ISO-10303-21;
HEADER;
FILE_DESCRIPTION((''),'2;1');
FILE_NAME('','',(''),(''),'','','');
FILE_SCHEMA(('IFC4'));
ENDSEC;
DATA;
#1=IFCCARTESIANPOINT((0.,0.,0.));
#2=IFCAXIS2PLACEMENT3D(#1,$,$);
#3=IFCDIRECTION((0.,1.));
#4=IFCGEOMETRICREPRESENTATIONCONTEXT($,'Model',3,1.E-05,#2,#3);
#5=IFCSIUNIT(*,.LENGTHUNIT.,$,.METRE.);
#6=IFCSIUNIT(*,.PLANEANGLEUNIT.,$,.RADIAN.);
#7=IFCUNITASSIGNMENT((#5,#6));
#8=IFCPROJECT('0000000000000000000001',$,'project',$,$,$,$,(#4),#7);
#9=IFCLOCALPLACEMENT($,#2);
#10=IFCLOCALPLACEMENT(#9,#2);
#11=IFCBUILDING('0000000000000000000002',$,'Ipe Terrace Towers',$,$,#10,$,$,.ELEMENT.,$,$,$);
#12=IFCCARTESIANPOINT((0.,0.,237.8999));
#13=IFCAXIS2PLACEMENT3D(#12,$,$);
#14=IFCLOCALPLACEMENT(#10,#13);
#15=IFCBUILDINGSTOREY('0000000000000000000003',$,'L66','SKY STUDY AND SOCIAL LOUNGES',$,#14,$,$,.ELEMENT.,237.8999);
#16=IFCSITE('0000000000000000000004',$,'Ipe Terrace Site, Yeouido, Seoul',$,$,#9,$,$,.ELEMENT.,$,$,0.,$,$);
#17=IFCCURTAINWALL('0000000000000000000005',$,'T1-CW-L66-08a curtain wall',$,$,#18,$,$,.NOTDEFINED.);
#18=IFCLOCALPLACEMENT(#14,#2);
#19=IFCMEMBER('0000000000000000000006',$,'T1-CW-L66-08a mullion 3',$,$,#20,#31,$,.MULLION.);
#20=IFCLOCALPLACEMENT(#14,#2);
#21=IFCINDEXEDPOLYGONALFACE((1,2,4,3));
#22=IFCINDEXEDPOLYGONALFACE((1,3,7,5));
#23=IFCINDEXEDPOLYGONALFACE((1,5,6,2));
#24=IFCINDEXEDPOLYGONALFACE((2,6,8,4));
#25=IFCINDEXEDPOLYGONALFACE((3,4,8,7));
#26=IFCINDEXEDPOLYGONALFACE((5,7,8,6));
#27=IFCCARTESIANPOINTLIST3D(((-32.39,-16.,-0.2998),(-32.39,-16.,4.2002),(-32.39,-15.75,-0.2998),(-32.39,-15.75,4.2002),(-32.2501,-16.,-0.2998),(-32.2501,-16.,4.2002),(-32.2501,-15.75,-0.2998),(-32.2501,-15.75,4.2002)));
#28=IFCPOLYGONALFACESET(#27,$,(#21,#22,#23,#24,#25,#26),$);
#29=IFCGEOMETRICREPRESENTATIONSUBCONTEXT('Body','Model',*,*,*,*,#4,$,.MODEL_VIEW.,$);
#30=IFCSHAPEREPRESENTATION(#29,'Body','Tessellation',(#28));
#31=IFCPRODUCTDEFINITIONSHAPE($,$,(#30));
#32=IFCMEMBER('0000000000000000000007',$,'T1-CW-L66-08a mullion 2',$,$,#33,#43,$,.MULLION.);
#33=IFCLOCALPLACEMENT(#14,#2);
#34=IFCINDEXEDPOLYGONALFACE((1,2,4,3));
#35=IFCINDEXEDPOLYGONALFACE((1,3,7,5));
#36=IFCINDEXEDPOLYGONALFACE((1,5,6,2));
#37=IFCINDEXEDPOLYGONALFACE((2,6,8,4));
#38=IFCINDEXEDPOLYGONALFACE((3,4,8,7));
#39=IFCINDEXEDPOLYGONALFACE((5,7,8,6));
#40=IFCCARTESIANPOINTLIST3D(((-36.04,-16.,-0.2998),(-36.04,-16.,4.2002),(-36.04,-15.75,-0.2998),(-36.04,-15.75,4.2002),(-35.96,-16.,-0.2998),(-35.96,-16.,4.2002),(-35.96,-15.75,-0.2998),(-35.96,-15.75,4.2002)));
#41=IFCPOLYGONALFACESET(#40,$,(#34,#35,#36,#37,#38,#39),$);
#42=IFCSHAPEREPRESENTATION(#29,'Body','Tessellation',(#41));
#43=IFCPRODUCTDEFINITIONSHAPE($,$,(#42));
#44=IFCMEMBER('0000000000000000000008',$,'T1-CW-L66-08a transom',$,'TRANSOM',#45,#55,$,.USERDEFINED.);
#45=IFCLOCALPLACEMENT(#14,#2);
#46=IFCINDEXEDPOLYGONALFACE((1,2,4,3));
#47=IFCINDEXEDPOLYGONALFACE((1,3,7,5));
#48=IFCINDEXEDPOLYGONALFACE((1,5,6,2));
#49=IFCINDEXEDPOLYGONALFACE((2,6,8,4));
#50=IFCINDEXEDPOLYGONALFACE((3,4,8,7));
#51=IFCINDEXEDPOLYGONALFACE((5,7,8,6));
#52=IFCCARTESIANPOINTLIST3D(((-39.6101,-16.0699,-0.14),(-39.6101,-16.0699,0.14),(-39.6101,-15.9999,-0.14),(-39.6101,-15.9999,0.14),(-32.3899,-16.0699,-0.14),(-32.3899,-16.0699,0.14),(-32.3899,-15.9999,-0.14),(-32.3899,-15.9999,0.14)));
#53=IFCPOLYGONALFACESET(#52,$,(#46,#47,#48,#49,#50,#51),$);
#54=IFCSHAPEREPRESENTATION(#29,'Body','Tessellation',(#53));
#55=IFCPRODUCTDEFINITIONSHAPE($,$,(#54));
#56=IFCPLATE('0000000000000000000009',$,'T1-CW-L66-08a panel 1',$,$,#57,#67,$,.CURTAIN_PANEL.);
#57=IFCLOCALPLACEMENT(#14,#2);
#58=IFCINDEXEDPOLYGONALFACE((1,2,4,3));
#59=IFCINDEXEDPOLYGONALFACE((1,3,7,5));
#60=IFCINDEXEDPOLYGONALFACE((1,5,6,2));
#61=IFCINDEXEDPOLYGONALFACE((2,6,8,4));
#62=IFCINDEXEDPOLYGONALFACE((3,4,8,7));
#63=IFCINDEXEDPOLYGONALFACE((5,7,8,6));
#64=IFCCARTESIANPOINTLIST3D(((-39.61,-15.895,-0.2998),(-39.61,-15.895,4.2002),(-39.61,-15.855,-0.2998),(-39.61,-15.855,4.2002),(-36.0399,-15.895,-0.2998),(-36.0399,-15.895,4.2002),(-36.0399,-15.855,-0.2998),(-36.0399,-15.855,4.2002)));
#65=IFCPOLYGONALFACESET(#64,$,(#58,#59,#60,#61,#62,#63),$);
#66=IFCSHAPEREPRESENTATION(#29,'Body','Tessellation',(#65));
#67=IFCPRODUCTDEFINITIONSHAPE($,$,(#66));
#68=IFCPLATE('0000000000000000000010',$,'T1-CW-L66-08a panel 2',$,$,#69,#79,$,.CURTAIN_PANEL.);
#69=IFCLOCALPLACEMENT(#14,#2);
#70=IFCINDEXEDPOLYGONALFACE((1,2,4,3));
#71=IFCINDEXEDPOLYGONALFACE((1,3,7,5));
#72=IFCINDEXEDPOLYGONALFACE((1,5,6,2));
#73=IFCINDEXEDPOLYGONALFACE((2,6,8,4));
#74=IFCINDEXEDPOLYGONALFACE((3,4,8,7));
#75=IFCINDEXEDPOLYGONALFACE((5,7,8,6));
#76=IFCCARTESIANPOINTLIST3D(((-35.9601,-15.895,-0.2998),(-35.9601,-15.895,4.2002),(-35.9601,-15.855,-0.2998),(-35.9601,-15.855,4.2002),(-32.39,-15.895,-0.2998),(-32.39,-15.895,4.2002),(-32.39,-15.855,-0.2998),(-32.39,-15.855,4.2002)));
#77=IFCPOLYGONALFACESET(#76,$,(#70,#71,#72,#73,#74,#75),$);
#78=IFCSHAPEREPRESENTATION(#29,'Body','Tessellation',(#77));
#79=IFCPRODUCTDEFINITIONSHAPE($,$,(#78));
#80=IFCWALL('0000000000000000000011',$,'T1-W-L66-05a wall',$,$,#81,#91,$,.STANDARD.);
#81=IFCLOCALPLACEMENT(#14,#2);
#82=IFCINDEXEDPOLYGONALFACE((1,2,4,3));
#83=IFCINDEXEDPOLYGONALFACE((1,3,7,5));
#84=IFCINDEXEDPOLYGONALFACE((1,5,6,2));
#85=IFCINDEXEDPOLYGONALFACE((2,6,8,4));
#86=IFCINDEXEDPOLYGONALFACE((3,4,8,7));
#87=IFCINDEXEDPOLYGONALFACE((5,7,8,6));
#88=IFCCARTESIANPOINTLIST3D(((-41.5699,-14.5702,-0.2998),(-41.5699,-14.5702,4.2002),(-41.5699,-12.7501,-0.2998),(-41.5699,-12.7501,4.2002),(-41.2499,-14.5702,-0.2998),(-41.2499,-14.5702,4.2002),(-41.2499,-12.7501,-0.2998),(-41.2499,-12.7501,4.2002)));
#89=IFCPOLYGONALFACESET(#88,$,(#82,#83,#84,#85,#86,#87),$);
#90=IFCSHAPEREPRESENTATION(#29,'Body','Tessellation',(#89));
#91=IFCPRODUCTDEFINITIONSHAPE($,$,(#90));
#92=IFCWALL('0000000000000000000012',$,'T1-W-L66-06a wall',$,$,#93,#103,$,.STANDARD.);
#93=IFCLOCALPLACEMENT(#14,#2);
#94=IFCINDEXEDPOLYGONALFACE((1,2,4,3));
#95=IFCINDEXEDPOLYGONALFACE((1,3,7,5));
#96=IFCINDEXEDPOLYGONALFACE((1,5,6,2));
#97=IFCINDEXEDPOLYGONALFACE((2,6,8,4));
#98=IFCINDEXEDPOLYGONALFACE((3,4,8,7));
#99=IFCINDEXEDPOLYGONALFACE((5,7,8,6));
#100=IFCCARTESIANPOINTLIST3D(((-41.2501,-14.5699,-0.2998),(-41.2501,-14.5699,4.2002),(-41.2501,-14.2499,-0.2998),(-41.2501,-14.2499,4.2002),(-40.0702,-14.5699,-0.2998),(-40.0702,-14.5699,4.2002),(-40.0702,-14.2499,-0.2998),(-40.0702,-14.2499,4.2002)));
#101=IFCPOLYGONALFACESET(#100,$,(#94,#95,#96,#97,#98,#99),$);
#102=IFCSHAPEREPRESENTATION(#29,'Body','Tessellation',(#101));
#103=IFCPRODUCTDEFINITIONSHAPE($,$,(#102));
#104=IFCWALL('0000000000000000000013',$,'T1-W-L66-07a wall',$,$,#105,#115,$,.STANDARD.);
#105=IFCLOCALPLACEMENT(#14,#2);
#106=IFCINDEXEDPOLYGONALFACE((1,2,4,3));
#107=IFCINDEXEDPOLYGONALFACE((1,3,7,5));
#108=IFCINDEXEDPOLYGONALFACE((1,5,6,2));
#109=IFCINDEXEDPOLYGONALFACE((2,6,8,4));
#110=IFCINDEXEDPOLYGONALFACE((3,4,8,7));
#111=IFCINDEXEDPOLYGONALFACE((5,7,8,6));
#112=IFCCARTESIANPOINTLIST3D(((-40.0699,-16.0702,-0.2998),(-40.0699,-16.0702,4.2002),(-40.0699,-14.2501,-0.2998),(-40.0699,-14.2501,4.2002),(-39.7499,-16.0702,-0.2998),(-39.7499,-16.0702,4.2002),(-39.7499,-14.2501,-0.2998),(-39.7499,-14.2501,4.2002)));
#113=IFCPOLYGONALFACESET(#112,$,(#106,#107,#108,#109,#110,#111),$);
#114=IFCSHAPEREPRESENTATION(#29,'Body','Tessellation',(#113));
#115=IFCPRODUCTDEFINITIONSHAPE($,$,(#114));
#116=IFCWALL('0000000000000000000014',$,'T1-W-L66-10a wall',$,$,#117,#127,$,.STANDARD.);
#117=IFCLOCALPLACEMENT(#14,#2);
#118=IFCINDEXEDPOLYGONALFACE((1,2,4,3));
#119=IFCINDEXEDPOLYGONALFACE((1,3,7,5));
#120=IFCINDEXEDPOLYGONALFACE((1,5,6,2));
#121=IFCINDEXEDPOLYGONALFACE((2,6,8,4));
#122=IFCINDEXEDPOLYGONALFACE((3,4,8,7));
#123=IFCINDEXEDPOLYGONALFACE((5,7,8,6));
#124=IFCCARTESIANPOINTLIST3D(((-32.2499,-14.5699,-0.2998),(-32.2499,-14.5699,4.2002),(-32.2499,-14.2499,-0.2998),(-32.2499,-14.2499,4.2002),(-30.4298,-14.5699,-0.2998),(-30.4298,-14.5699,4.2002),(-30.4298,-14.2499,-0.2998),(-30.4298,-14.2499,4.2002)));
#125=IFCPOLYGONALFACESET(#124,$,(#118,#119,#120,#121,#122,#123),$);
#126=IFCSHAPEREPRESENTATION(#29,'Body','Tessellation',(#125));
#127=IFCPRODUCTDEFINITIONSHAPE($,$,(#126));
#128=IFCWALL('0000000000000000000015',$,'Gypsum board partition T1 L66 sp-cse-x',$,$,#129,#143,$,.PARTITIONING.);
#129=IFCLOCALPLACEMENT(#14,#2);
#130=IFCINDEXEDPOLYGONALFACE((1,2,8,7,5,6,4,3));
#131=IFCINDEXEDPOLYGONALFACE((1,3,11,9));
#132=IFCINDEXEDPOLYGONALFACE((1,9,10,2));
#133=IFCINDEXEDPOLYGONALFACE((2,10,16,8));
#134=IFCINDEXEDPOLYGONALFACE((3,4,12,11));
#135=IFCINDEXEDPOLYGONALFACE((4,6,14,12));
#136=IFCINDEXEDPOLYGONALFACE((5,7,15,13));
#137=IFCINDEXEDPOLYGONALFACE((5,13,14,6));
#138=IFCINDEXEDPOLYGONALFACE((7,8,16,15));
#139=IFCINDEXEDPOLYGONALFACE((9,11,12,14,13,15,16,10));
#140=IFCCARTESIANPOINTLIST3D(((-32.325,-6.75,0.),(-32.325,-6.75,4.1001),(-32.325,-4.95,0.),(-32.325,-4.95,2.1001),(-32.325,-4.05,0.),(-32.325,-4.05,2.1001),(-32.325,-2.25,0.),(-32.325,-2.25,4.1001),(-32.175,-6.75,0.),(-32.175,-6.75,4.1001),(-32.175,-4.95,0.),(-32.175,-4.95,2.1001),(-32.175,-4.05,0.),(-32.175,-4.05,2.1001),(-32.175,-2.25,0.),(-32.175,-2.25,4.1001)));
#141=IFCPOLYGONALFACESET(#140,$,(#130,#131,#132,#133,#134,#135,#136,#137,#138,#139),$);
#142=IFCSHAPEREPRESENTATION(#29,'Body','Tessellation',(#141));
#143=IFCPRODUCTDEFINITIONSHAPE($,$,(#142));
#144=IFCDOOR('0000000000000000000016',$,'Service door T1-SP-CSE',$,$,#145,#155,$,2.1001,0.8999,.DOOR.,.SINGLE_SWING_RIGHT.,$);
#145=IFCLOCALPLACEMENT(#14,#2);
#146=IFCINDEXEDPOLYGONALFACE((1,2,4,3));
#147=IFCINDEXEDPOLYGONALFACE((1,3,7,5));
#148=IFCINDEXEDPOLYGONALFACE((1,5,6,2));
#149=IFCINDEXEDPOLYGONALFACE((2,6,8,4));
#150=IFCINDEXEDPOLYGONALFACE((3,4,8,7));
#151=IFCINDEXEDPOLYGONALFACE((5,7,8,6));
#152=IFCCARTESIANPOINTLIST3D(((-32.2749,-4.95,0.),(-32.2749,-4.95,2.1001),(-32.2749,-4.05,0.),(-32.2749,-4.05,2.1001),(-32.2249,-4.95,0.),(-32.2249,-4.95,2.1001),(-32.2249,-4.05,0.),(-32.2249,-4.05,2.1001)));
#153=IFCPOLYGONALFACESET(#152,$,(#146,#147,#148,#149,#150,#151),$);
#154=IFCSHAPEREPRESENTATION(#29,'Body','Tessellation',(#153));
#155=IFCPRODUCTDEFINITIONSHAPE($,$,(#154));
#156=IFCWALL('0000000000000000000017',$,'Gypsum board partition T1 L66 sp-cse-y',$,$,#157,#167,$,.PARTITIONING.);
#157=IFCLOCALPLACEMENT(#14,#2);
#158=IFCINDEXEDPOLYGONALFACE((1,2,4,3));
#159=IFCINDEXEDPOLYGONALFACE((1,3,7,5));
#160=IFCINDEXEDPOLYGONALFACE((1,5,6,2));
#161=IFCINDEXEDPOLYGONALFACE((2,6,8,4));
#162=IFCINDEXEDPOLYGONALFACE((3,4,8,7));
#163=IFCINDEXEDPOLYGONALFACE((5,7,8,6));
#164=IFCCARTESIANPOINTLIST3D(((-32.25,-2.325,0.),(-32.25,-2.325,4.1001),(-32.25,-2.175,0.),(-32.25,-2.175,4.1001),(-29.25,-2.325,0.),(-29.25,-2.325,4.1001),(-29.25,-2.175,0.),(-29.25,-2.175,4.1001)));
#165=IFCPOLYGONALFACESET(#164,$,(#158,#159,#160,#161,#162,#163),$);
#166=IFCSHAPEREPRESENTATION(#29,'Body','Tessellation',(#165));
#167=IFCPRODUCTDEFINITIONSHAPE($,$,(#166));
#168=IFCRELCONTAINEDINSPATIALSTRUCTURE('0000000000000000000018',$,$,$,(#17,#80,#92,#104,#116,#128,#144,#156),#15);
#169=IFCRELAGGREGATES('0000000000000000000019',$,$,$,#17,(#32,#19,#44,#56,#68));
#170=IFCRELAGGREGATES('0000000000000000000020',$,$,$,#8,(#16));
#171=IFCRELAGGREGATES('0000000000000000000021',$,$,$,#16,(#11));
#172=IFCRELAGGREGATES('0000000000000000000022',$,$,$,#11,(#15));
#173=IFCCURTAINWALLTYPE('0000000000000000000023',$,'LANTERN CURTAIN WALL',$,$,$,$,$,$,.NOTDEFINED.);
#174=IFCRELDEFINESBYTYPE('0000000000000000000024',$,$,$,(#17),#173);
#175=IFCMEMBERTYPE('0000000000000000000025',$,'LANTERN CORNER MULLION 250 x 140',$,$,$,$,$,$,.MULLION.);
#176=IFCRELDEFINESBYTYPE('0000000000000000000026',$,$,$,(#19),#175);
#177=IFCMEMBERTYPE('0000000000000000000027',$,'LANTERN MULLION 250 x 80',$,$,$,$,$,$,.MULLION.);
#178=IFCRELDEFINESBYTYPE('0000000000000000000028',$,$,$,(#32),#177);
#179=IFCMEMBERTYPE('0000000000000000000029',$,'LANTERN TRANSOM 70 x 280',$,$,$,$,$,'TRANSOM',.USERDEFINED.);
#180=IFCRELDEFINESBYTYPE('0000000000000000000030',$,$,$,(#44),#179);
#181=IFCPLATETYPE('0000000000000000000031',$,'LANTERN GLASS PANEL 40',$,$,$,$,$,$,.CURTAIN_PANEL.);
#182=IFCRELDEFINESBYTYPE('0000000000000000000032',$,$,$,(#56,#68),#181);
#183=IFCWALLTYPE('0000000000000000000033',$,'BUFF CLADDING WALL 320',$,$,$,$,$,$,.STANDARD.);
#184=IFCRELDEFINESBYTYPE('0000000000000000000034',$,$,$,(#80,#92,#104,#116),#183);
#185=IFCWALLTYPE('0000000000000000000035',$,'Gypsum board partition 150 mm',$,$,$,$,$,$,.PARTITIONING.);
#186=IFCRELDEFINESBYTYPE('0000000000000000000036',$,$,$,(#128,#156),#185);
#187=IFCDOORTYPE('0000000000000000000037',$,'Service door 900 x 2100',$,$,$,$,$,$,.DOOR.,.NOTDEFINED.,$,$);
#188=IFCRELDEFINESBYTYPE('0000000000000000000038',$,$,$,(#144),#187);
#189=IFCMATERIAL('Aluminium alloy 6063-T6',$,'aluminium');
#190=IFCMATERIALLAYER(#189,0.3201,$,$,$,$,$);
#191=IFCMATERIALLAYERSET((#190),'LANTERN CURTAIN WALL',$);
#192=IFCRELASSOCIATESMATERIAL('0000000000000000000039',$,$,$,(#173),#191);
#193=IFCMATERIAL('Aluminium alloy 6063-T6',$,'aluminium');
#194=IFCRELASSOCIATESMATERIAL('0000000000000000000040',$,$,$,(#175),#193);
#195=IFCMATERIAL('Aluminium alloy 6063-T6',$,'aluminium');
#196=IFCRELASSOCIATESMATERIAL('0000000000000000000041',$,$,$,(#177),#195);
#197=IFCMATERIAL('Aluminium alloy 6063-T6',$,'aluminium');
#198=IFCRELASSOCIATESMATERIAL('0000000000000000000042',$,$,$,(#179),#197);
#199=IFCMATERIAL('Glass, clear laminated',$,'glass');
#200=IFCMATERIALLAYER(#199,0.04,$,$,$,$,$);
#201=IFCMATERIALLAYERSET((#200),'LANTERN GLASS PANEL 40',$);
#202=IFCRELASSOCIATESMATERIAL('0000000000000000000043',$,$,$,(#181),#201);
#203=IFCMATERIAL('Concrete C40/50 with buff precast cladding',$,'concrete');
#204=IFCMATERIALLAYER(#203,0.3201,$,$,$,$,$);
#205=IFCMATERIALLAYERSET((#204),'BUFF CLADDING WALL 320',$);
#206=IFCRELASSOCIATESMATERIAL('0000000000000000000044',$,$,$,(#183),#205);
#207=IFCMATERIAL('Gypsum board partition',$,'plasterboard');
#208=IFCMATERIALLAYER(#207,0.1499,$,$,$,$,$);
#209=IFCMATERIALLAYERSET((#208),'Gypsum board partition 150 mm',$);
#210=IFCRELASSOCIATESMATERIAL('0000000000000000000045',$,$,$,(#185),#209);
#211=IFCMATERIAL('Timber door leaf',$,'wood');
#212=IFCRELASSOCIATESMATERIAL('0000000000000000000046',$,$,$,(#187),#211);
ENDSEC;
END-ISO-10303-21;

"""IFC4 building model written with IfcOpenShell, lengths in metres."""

from ifc_helpers import new_model, si_unit, direction, frame, frame_2d, origin, origin_2d, place, context, subcontext, project, spatial, rectangle, extrude, material, layer, layer_set, material_profile, profile_set, type_object, element, fill, aggregate, save


model = new_model("IFC4")

# Units and contexts
model_context = context("Model", 3, precision=1e-05, world=origin(), true_north=direction((0.0, 1.0)))
body_context = subcontext(model_context, "Body", "Model", "MODEL_VIEW")
ifc_project = project(units=[si_unit("LENGTHUNIT", "METRE"), si_unit("PLANEANGLEUNIT", "RADIAN")], contexts=[model_context])

# Site, building, storey
site_placement = place(None, origin())
site = spatial("IfcSite", under=ifc_project, at=site_placement, Name="Ipe Terrace Site, Yeouido, Seoul", CompositionType="ELEMENT", RefElevation=0.0)
building_placement = place(site_placement, origin())
building = spatial("IfcBuilding", under=site, at=building_placement, Name="Ipe Terrace Towers", CompositionType="ELEMENT")
storey_placement = place(building_placement, frame((0.0, 0.0, 237.8999)))
storey = spatial("IfcBuildingStorey", under=building, at=storey_placement, Name="L66", Description="SKY STUDY AND SOCIAL LOUNGES", CompositionType="ELEMENT", Elevation=237.8999)

# Curtain wall, members, plates
ifc_material_1 = material(Name="Aluminium alloy 6063-T6", Category="aluminium")
ifc_layer_1 = layer(ifc_material_1, 0.3201)
ifc_layer_set_1 = layer_set([ifc_layer_1], Name="LANTERN CURTAIN WALL")
curtain_wall_type = type_object("IfcCurtainWallType", Name="LANTERN CURTAIN WALL", PredefinedType="NOTDEFINED", material=ifc_layer_set_1)
curtain_wall_placement = place(storey_placement, origin())
curtain_wall = element("IfcCurtainWall", 1, at=curtain_wall_placement, inside=storey, type_object=curtain_wall_type, Name="T1-CW-L66-08a curtain wall", PredefinedType="NOTDEFINED")
ifc_material_2 = material(Name="Aluminium alloy 6063-T6", Category="aluminium")
ifc_material_profile_1 = material_profile(ifc_material_2, rectangle(XDim=0.25, YDim=0.1399, at=origin_2d()), Name="LANTERN CORNER MULLION 250 x 140")
ifc_profile_set_1 = profile_set([ifc_material_profile_1], Name="Aluminium alloy 6063-T6")
member_type_1 = type_object("IfcMemberType", Name="LANTERN CORNER MULLION 250 x 140", PredefinedType="MULLION", material=ifc_profile_set_1)
member_1_placement = place(storey_placement, frame((-32.3201, -15.875, -0.2998), z_axis=(0.0, 0.0, 1.0), x_axis=(0.0, -1.0, 0.0)))
member_1 = element("IfcMember", 2, at=member_1_placement, type_object=member_type_1, Name="T1-CW-L66-08a mullion 3", PredefinedType="MULLION", context=body_context, shape_type="SweptSolid", body=[
    extrude(rectangle(XDim=0.25, YDim=0.1399, at=origin_2d()), origin(), (0.0, 0.0, 1.0), 4.5),
])
ifc_material_3 = material(Name="Aluminium alloy 6063-T6", Category="aluminium")
ifc_material_profile_2 = material_profile(ifc_material_3, rectangle(XDim=0.25, YDim=0.0801, at=origin_2d()), Name="LANTERN MULLION 250 x 80")
ifc_profile_set_2 = profile_set([ifc_material_profile_2], Name="Aluminium alloy 6063-T6")
member_type_2 = type_object("IfcMemberType", Name="LANTERN MULLION 250 x 80", PredefinedType="MULLION", material=ifc_profile_set_2)
member_2_placement = place(storey_placement, frame((-36.0, -15.875, -0.2998), z_axis=(0.0, 0.0, 1.0), x_axis=(0.0, -1.0, 0.0)))
member_2 = element("IfcMember", 3, at=member_2_placement, type_object=member_type_2, Name="T1-CW-L66-08a mullion 2", PredefinedType="MULLION", context=body_context, shape_type="SweptSolid", body=[
    extrude(rectangle(XDim=0.25, YDim=0.0801, at=origin_2d()), origin(), (0.0, 0.0, 1.0), 4.5),
])
ifc_material_4 = material(Name="Aluminium alloy 6063-T6", Category="aluminium")
ifc_material_profile_3 = material_profile(ifc_material_4, rectangle(XDim=0.0701, YDim=0.28, at=origin_2d()), Name="LANTERN TRANSOM 70 x 280")
ifc_profile_set_3 = profile_set([ifc_material_profile_3], Name="Aluminium alloy 6063-T6")
member_type_3 = type_object("IfcMemberType", Name="LANTERN TRANSOM 70 x 280", ElementType="TRANSOM", PredefinedType="USERDEFINED", material=ifc_profile_set_3)
member_3_placement = place(storey_placement, frame((-39.6101, -16.0349, 0.0), z_axis=(1.0, 0.0, 0.0), x_axis=(0.0, -1.0, 0.0)))
member_3 = element("IfcMember", 4, at=member_3_placement, type_object=member_type_3, Name="T1-CW-L66-08a transom", ObjectType="TRANSOM", PredefinedType="USERDEFINED", context=body_context, shape_type="SweptSolid", body=[
    extrude(rectangle(XDim=0.0701, YDim=0.28, at=origin_2d()), origin(), (0.0, 0.0, 1.0), 7.2202),
])
ifc_material_5 = material(Name="Glass, clear laminated", Category="glass")
ifc_layer_2 = layer(ifc_material_5, 0.04)
ifc_layer_set_2 = layer_set([ifc_layer_2], Name="LANTERN GLASS PANEL 40")
plate_type = type_object("IfcPlateType", Name="LANTERN GLASS PANEL 40", PredefinedType="CURTAIN_PANEL", material=ifc_layer_set_2)
plate_1_placement = place(storey_placement, frame((-37.825, -15.875, -0.2998), z_axis=(0.0, 0.0, 1.0), x_axis=(1.0, 0.0, 0.0)))
plate_1 = element("IfcPlate", 5, at=plate_1_placement, type_object=plate_type, Name="T1-CW-L66-08a panel 1", PredefinedType="CURTAIN_PANEL", context=body_context, shape_type="SweptSolid", body=[
    extrude(rectangle(XDim=3.5701, YDim=0.04, at=origin_2d()), origin(), (0.0, 0.0, 1.0), 4.5),
])
plate_2_placement = place(storey_placement, frame((-34.175, -15.875, -0.2998), z_axis=(0.0, 0.0, 1.0), x_axis=(1.0, 0.0, 0.0)))
plate_2 = element("IfcPlate", 6, at=plate_2_placement, type_object=plate_type, Name="T1-CW-L66-08a panel 2", PredefinedType="CURTAIN_PANEL", context=body_context, shape_type="SweptSolid", body=[
    extrude(rectangle(XDim=3.5701, YDim=0.04, at=origin_2d()), origin(), (0.0, 0.0, 1.0), 4.5),
])
aggregate(curtain_wall, [member_2, member_1, member_3, plate_1, plate_2])

# Walls
ifc_material_6 = material(Name="Concrete C40/50 with buff precast cladding", Category="concrete")
ifc_layer_3 = layer(ifc_material_6, 0.3201)
ifc_layer_set_3 = layer_set([ifc_layer_3], Name="BUFF CLADDING WALL 320")
wall_type_1 = type_object("IfcWallType", Name="BUFF CLADDING WALL 320", PredefinedType="STANDARD", material=ifc_layer_set_3)
wall_1_placement = place(storey_placement, frame((-41.4099, -12.75, -0.2998), z_axis=(0.0, 0.0, 1.0), x_axis=(0.0, -1.0, 0.0)))
element("IfcWall", 7, at=wall_1_placement, inside=storey, type_object=wall_type_1, Name="T1-W-L66-05a wall", PredefinedType="STANDARD", context=body_context, shape_type="SweptSolid", body=[
    extrude(rectangle(XDim=1.8201, YDim=0.3201, at=frame_2d((0.9102, 0.0))), origin(), (0.0, 0.0, 1.0), 4.5),
])
wall_2_placement = place(storey_placement, frame((-41.25, -14.4099, -0.2998), z_axis=(0.0, 0.0, 1.0), x_axis=(1.0, 0.0, 0.0)))
element("IfcWall", 8, at=wall_2_placement, inside=storey, type_object=wall_type_1, Name="T1-W-L66-06a wall", PredefinedType="STANDARD", context=body_context, shape_type="SweptSolid", body=[
    extrude(rectangle(XDim=1.1799, YDim=0.3201, at=frame_2d((0.5898, 0.0))), origin(), (0.0, 0.0, 1.0), 4.5),
])
for number, where, z_axis, x_axis, name in (
    (9, (-39.9099, -14.25, -0.2998), (0.0, 0.0, 1.0), (0.0, -1.0, 0.0), "T1-W-L66-07a wall"),
    (10, (-32.25, -14.4099, -0.2998), (0.0, 0.0, 1.0), (1.0, 0.0, 0.0), "T1-W-L66-10a wall"),
):
    element("IfcWall", number, at=place(storey_placement, frame(where, z_axis=z_axis, x_axis=x_axis)), inside=storey, type_object=wall_type_1, Name=name, PredefinedType="STANDARD", context=body_context, shape_type="SweptSolid", body=[
        extrude(rectangle(XDim=1.8201, YDim=0.3201, at=frame_2d((0.9102, 0.0))), origin(), (0.0, 0.0, 1.0), 4.5),
    ])

# Wall, opening, door
ifc_material_7 = material(Name="Gypsum board partition", Category="plasterboard")
ifc_layer_4 = layer(ifc_material_7, 0.1499)
ifc_layer_set_4 = layer_set([ifc_layer_4], Name="Gypsum board partition 150 mm")
wall_type_2 = type_object("IfcWallType", Name="Gypsum board partition 150 mm", PredefinedType="PARTITIONING", material=ifc_layer_set_4)
wall_3_placement = place(storey_placement, frame((-32.25, -6.75, 0.0), z_axis=(0.0, 0.0, 1.0), x_axis=(0.0, 1.0, 0.0)))
wall_3 = element("IfcWall", 11, at=wall_3_placement, inside=storey, type_object=wall_type_2, Name="Gypsum board partition T1 L66 sp-cse-x", PredefinedType="PARTITIONING", context=body_context, shape_type="SweptSolid", body=[
    extrude(rectangle(XDim=4.5, YDim=0.1499, at=frame_2d((2.25, 0.0))), origin(), (0.0, 0.0, 1.0), 4.1001),
])
opening_1_placement = place(wall_3_placement, frame((1.8, 0.0, 0.0)))
opening_1 = element("IfcOpeningElement", 12, at=opening_1_placement, cuts=wall_3, PredefinedType="OPENING", context=body_context, shape_type="SweptSolid", body=[
    extrude(rectangle(XDim=0.8999, YDim=2.1001, at=frame_2d((0.45, 1.05))), frame((0.0, 0.085, 0.0), z_axis=(0.0, -1.0, 0.0), x_axis=(1.0, 0.0, 0.0)), (0.0, 0.0, 1.0), 0.1699),
])
ifc_material_8 = material(Name="Timber door leaf", Category="wood")
door_type_1 = type_object("IfcDoorType", Name="Service door 900 x 2100", OperationType="NOTDEFINED", PredefinedType="DOOR", material=ifc_material_8)
door_1_placement = place(opening_1_placement, origin())
door_1 = element("IfcDoor", 13, at=door_1_placement, inside=storey, type_object=door_type_1, Name="Service door T1-SP-CSE", OperationType="SINGLE_SWING_RIGHT", OverallHeight=2.1001, OverallWidth=0.8999, PredefinedType="DOOR", context=body_context, shape_type="SweptSolid", body=[
    extrude(rectangle(XDim=0.8999, YDim=2.1001, at=frame_2d((0.45, 1.05))), frame((0.0, 0.0249, 0.0), z_axis=(0.0, -1.0, 0.0), x_axis=(1.0, 0.0, 0.0)), (0.0, 0.0, 1.0), 0.05),
])
fill(opening_1, door_1)

# Wall
wall_4_placement = place(storey_placement, frame((-32.25, -2.25, 0.0), z_axis=(0.0, 0.0, 1.0), x_axis=(1.0, 0.0, 0.0)))
element("IfcWall", 14, at=wall_4_placement, inside=storey, type_object=wall_type_2, Name="Gypsum board partition T1 L66 sp-cse-y", PredefinedType="PARTITIONING", context=body_context, shape_type="SweptSolid", body=[
    extrude(rectangle(XDim=3.0, YDim=0.1499, at=frame_2d((1.5, 0.0))), origin(), (0.0, 0.0, 1.0), 4.1001),
])

save(model, "model.ifc")
